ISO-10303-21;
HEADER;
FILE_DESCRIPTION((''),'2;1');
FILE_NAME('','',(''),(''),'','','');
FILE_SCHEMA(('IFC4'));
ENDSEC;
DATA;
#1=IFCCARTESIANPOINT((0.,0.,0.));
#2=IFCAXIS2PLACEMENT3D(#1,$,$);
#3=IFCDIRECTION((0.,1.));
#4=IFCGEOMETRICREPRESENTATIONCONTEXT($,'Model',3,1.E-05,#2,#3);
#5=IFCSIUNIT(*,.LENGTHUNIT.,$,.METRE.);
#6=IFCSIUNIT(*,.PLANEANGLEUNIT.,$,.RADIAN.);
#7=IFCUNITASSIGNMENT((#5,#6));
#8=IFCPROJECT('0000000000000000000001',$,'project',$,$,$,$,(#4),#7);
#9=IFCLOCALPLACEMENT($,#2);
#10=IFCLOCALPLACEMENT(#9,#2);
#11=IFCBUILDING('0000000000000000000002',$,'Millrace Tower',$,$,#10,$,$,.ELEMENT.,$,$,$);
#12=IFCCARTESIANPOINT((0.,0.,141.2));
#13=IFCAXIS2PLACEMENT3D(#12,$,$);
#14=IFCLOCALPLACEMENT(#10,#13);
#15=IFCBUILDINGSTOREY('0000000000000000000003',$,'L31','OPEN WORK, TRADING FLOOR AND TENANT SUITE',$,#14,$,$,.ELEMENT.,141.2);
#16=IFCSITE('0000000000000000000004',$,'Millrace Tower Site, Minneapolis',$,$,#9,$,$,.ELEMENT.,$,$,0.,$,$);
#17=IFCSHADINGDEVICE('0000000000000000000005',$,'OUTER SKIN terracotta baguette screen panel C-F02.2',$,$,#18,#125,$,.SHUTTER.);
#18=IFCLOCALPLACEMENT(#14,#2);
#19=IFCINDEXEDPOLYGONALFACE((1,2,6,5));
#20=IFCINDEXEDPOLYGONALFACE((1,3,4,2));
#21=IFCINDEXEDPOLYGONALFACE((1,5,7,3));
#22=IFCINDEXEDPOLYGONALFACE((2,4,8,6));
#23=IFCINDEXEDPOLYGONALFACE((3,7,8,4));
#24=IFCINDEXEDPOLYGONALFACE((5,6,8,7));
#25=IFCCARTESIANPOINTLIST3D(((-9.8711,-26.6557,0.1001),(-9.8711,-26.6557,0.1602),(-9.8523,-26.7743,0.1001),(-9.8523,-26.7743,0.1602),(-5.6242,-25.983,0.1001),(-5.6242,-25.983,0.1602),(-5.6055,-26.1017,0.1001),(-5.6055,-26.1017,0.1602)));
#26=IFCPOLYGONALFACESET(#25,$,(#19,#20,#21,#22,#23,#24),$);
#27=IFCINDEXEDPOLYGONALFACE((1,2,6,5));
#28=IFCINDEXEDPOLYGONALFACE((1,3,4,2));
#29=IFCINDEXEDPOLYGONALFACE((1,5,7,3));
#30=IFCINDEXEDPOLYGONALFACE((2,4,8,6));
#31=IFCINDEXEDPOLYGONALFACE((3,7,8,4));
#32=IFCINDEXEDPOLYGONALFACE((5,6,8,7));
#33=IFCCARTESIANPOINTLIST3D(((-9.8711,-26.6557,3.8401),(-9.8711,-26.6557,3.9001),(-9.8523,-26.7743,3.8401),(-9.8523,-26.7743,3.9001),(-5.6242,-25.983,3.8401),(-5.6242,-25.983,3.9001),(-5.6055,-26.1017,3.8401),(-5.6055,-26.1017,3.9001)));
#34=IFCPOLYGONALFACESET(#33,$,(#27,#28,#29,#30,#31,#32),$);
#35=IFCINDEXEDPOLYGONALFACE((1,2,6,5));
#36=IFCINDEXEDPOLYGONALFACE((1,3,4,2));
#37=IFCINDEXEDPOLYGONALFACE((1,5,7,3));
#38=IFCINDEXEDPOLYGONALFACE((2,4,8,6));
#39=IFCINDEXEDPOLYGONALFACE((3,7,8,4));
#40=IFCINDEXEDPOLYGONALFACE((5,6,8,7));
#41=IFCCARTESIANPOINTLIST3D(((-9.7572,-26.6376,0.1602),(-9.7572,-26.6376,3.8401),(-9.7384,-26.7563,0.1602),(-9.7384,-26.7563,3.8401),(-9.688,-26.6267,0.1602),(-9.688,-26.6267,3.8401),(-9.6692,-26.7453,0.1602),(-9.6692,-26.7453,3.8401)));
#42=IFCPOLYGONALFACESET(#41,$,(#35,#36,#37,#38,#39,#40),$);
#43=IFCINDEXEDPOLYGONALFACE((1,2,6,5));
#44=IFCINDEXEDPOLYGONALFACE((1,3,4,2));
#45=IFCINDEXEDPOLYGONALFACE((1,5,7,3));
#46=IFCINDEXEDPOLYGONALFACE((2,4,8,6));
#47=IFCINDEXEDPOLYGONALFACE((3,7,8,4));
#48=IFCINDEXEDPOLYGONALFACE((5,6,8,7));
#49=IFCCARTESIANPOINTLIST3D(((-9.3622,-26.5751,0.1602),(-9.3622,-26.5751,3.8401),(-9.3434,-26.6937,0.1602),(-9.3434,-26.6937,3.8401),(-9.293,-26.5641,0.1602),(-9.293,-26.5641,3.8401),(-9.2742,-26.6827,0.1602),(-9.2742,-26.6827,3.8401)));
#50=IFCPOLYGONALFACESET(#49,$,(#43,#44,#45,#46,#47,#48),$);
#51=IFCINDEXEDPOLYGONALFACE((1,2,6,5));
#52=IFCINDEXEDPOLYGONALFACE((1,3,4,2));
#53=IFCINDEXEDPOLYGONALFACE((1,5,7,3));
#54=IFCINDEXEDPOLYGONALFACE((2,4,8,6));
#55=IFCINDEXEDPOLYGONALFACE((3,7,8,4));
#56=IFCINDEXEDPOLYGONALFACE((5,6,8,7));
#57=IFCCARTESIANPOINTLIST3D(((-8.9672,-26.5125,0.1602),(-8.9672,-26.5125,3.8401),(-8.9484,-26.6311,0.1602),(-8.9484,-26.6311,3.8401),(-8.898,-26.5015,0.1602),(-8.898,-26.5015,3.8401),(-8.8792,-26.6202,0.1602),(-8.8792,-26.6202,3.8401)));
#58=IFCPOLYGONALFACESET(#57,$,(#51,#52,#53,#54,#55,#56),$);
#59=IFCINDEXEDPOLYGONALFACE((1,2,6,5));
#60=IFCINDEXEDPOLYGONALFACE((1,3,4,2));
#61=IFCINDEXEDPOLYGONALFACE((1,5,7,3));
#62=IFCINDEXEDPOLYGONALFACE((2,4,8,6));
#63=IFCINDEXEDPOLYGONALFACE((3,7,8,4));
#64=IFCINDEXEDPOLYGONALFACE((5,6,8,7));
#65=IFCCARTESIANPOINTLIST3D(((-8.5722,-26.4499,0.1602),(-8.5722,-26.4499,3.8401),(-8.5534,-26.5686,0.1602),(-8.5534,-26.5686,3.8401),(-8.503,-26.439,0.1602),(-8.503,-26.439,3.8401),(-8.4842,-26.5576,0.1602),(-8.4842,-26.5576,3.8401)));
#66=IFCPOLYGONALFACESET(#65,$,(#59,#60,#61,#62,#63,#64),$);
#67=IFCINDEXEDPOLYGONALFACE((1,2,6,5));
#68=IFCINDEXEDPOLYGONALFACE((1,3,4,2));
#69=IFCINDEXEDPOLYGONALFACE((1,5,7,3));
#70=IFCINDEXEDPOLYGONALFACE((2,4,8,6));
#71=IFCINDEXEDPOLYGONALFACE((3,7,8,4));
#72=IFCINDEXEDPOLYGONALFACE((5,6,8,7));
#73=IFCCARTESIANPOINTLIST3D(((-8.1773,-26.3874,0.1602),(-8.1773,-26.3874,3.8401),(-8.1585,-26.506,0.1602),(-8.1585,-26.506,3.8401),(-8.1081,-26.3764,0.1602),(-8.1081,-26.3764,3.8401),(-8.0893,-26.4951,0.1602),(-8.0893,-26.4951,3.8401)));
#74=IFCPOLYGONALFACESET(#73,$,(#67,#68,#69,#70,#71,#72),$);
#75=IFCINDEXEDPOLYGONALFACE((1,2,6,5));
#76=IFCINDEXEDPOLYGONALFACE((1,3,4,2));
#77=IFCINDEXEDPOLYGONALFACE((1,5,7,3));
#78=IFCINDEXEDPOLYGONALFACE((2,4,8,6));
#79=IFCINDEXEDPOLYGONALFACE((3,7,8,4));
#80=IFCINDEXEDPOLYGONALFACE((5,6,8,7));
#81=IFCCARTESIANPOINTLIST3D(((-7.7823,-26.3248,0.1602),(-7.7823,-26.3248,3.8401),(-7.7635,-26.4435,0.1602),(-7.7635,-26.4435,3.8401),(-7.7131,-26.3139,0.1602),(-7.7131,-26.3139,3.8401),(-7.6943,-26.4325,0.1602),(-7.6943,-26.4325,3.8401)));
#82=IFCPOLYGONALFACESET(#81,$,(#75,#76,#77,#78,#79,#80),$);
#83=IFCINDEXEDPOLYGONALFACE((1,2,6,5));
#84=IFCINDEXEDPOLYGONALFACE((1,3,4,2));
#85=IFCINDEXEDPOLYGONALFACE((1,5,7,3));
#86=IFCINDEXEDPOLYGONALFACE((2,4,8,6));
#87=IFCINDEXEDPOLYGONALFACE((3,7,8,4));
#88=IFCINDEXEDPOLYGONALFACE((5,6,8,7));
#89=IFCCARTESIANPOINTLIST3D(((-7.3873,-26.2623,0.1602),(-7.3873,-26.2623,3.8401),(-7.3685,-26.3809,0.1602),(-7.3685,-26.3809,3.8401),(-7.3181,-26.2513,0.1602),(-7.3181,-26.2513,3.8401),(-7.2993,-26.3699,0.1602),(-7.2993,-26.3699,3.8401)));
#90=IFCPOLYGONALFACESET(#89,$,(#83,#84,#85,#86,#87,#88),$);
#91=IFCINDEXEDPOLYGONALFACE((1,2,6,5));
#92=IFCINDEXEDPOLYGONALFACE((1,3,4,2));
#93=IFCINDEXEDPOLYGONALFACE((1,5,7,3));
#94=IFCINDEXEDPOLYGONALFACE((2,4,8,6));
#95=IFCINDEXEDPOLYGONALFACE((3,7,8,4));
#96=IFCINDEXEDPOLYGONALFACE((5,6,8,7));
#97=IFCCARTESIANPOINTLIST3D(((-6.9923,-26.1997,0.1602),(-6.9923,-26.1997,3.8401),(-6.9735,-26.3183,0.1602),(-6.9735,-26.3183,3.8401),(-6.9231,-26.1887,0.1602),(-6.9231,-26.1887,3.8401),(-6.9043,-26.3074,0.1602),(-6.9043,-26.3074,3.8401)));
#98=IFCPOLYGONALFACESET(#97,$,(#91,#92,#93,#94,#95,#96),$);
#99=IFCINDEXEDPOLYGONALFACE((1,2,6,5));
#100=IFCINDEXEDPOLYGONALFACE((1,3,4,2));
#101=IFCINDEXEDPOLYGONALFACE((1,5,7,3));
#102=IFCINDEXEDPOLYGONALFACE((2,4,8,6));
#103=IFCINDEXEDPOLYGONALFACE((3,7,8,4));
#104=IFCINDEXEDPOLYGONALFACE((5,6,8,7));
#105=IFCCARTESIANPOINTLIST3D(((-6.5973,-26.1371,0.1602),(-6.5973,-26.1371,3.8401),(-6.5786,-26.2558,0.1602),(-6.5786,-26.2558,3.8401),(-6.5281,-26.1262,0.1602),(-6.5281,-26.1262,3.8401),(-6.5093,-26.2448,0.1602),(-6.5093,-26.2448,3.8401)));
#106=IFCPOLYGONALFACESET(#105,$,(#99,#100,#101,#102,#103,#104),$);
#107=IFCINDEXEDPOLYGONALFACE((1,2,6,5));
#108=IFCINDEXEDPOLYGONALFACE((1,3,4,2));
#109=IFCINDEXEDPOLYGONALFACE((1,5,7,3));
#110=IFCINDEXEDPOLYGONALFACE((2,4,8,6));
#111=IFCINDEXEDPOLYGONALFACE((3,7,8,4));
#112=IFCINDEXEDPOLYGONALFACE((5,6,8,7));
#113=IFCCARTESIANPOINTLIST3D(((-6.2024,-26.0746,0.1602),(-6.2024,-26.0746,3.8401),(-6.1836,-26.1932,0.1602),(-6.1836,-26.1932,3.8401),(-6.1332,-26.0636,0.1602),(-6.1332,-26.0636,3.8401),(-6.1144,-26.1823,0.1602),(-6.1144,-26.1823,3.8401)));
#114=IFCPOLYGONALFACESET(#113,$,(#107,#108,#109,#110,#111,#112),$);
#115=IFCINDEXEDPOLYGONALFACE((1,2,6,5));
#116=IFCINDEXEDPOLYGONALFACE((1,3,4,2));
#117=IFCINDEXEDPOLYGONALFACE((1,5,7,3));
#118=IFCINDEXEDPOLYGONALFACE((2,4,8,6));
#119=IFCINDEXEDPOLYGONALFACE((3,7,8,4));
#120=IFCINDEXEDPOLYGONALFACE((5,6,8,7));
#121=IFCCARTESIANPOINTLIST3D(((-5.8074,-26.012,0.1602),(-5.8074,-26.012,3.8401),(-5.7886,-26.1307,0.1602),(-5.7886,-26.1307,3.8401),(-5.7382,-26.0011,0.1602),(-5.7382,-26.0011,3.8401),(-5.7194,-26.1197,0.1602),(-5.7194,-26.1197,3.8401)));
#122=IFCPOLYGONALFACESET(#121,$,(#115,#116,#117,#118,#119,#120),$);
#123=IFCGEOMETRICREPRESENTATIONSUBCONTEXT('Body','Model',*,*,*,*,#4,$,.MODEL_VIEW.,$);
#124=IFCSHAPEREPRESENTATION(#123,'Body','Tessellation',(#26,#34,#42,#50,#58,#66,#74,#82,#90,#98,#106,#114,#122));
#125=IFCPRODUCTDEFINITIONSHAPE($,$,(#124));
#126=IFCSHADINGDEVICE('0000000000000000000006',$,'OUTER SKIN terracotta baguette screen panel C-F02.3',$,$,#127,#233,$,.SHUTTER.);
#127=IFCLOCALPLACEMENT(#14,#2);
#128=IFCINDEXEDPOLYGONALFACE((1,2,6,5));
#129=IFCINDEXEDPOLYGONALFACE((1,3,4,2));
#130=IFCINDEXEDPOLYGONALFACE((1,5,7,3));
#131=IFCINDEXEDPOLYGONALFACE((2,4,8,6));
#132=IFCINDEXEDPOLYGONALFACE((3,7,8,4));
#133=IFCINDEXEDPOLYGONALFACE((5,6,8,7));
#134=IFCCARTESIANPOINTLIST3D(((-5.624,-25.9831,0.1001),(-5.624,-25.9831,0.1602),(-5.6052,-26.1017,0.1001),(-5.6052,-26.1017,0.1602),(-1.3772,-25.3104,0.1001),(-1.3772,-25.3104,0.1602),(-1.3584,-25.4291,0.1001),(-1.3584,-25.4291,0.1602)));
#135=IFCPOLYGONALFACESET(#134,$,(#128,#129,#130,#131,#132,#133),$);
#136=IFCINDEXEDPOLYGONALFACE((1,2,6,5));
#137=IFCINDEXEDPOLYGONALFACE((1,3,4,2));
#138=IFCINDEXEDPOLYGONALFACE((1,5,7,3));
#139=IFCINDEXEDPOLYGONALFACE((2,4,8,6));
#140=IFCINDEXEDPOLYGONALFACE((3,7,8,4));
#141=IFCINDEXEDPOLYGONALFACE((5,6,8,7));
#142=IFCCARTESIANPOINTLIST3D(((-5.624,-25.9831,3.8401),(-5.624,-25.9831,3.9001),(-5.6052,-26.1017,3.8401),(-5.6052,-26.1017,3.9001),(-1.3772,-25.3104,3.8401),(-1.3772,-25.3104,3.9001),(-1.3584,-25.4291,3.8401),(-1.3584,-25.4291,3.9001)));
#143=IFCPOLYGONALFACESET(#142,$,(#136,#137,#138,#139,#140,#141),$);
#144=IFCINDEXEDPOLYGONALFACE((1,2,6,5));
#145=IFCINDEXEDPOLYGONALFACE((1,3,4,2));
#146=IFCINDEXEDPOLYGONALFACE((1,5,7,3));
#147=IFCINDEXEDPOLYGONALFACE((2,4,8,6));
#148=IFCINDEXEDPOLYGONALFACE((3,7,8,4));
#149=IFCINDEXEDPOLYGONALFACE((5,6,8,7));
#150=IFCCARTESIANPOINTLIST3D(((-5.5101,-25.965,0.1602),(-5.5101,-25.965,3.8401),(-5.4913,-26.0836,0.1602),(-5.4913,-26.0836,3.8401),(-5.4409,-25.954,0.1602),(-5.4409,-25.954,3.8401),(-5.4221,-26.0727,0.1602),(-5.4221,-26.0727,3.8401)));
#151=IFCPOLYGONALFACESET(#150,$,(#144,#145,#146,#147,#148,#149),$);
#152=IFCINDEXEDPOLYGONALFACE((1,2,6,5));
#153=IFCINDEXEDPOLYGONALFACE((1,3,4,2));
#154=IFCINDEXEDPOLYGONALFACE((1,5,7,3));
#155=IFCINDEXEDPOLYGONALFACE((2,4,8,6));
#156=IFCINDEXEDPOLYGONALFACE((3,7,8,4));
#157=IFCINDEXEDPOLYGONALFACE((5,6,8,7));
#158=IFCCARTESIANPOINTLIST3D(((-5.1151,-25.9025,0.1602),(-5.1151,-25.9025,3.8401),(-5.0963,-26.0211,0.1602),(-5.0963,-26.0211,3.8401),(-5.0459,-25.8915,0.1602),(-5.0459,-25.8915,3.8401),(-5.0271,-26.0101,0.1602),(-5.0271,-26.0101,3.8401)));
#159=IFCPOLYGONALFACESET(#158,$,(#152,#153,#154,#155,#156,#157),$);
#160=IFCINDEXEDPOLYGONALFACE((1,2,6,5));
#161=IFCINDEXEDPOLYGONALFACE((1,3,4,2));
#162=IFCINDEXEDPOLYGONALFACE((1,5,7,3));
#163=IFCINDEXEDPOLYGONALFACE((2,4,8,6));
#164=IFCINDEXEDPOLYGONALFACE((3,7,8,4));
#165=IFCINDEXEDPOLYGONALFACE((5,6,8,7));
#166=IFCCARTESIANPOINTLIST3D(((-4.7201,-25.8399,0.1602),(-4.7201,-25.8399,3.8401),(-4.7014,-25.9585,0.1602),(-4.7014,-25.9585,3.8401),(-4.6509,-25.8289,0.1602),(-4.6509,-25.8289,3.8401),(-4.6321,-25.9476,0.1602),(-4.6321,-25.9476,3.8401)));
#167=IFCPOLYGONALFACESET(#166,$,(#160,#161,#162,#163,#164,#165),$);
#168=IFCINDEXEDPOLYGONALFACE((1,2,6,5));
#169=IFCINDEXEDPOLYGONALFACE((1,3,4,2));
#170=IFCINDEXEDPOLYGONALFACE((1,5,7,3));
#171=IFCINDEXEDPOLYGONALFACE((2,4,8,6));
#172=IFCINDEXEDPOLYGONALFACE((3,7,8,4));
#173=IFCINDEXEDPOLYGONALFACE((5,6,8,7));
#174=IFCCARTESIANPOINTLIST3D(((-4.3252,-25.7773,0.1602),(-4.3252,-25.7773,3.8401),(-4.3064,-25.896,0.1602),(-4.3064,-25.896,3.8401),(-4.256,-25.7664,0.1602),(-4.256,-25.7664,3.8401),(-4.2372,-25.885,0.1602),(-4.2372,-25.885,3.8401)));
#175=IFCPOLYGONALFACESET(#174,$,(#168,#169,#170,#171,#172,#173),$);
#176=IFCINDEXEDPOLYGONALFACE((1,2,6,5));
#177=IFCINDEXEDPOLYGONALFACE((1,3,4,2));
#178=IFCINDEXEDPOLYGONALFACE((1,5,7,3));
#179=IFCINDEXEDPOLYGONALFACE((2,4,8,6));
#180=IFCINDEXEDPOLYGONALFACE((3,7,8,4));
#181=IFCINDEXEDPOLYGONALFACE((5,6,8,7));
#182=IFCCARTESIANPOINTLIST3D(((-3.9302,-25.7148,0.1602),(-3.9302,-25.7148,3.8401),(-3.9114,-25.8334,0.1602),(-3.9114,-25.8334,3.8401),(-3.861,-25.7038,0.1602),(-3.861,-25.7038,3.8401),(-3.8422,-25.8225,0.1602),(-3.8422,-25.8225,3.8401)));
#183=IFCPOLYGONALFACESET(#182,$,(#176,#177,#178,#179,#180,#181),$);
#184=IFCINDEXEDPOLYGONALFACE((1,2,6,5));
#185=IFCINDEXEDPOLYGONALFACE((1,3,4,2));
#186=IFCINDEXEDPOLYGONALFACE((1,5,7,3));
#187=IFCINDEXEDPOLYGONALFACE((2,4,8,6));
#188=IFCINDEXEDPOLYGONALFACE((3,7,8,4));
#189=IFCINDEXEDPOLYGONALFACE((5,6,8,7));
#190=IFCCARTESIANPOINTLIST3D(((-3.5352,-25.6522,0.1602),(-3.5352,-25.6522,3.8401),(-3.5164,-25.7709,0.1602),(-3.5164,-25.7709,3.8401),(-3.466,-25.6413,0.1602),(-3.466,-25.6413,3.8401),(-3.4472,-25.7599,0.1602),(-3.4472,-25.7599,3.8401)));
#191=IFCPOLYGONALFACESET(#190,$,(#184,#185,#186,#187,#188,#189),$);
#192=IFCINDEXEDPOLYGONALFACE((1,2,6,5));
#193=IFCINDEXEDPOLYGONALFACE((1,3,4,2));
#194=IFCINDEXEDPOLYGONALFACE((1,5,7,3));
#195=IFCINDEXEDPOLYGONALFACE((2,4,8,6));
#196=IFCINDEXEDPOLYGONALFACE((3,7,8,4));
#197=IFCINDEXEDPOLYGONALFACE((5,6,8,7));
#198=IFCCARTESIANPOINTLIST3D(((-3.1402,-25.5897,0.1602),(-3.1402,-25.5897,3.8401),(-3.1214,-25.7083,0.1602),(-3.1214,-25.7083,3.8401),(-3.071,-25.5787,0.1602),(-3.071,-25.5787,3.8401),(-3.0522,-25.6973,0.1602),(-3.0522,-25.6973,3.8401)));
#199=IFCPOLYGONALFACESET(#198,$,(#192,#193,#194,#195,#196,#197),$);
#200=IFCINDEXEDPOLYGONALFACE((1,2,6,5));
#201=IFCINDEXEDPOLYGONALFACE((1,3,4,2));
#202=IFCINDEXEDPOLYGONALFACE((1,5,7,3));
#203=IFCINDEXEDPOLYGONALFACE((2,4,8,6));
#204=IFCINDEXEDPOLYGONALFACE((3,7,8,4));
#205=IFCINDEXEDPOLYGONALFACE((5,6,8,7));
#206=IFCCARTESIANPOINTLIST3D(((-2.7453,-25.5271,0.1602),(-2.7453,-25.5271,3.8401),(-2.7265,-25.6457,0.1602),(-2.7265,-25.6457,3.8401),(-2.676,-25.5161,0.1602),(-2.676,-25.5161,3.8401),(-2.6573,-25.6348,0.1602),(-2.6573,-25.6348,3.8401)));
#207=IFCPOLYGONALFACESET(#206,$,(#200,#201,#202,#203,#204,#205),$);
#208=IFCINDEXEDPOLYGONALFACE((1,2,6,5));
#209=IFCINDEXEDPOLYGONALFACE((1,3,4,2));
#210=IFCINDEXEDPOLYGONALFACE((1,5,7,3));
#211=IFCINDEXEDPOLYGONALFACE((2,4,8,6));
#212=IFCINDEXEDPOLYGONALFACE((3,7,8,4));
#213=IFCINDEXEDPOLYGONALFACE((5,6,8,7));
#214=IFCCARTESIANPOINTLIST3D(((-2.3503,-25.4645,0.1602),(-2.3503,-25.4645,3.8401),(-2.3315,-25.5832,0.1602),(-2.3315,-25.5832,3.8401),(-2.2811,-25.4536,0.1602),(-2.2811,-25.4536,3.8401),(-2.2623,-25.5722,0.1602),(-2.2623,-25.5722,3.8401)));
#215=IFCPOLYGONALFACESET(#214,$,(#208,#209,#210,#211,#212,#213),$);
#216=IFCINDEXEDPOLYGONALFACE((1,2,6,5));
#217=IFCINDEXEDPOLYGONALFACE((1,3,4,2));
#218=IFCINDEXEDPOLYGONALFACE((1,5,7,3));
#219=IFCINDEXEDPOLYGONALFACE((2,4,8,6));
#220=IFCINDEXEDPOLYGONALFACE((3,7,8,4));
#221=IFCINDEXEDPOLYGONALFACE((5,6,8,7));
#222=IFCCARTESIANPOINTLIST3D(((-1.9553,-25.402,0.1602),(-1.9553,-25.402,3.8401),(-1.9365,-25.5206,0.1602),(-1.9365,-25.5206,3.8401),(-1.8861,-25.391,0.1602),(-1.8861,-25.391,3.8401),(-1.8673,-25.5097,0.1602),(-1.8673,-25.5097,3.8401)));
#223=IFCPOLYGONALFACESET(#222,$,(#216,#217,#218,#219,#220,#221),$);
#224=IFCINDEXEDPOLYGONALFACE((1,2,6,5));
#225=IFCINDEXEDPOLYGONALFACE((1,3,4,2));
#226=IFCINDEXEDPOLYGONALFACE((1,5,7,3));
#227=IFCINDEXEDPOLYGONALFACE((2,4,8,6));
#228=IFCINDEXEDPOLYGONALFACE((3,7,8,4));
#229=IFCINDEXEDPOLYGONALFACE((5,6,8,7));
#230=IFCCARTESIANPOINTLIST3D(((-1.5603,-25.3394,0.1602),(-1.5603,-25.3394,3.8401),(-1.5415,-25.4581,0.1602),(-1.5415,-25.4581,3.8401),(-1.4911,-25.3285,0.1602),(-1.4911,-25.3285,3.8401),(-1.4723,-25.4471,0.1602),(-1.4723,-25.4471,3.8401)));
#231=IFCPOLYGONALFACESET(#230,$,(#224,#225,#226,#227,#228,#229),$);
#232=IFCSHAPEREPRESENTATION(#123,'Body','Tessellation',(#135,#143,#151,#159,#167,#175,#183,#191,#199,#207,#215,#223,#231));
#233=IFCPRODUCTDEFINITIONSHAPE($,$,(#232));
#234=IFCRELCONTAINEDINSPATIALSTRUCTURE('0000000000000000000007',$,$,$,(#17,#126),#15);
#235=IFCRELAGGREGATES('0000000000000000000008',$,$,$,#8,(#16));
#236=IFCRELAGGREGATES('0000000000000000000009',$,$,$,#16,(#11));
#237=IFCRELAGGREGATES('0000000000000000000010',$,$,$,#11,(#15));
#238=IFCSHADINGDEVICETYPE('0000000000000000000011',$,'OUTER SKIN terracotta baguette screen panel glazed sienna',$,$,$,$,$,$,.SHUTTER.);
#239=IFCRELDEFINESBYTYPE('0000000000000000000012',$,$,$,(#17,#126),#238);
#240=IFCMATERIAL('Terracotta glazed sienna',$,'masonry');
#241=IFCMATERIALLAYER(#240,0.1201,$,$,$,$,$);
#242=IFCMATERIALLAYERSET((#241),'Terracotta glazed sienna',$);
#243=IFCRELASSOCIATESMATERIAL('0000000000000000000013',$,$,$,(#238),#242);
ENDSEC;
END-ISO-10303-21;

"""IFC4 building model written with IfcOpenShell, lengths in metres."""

from ifc_helpers import new_model, entity, si_unit, direction, frame, frame_2d, origin, origin_2d, place, context, subcontext, project, spatial, rectangle, extrude, source, transform, mapped, material, layer, layer_set, type_object, element, save


model = new_model("IFC4")

# Units and contexts
model_context = context("Model", 3, precision=1e-05, world=origin(), true_north=direction((0.0, 1.0)))
body_context = subcontext(model_context, "Body", "Model", "MODEL_VIEW")
ifc_project = project(units=[si_unit("LENGTHUNIT", "METRE"), si_unit("PLANEANGLEUNIT", "RADIAN")], contexts=[model_context])

# Site, building, storey
site_placement = place(None, origin())
site = spatial("IfcSite", under=ifc_project, at=site_placement, Name="Millrace Tower Site, Minneapolis", CompositionType="ELEMENT", RefElevation=0.0)
building_placement = place(site_placement, origin())
building = spatial("IfcBuilding", under=site, at=building_placement, Name="Millrace Tower", CompositionType="ELEMENT")
storey_placement = place(building_placement, frame((0.0, 0.0, 141.2)))
storey = spatial("IfcBuildingStorey", under=building, at=storey_placement, Name="L31", Description="OPEN WORK, TRADING FLOOR AND TENANT SUITE", CompositionType="ELEMENT", Elevation=141.2)

# Shading devices
ifc_material_1 = material(Name="Terracotta glazed sienna", Category="masonry")
ifc_layer_1 = layer(ifc_material_1, 0.1201)
ifc_layer_set_1 = layer_set([ifc_layer_1], Name="Terracotta glazed sienna")
shading_device_type = type_object("IfcShadingDeviceType", Name="OUTER SKIN terracotta baguette screen panel glazed sienna", PredefinedType="SHUTTER", material=ifc_layer_set_1)
cartesian_point_1 = entity("IfcCartesianPoint", [-2.1499, 0.0601])
shared_polyline_1 = entity("IfcPolyline", [cartesian_point_1, entity("IfcCartesianPoint", [2.1499, 0.0601]), entity("IfcCartesianPoint", [2.1499, -0.0601]), entity("IfcCartesianPoint", [-2.1499, -0.0601]), cartesian_point_1])
shared_shape_1 = source(origin(), body_context, "Body", "SweptSolid", [
    entity("IfcExtrudedAreaSolid", entity("IfcArbitraryClosedProfileDef", "AREA", None, shared_polyline_1), entity("IfcAxis2Placement3D", entity("IfcCartesianPoint", [0.0, 0.0, 0.0])), entity("IfcDirection", [0.0, 0.0, 1.0]), 0.0601),
    entity("IfcExtrudedAreaSolid", entity("IfcArbitraryClosedProfileDef", "AREA", None, shared_polyline_1), entity("IfcAxis2Placement3D", entity("IfcCartesianPoint", [0.0, 0.0, 3.74])), entity("IfcDirection", [0.0, 0.0, 1.0]), 0.0601),
    extrude(rectangle(XDim=0.0701, YDim=0.1201, at=frame_2d((-1.9995, 0.0))), frame((0.0, 0.0, 0.0601)), (0.0, 0.0, 1.0), 3.6799),
    extrude(rectangle(XDim=0.0701, YDim=0.1201, at=frame_2d((-1.5996, 0.0))), frame((0.0, 0.0, 0.0601)), (0.0, 0.0, 1.0), 3.6799),
    extrude(rectangle(XDim=0.0701, YDim=0.1201, at=frame_2d((-1.1997, 0.0))), frame((0.0, 0.0, 0.0601)), (0.0, 0.0, 1.0), 3.6799),
    extrude(rectangle(XDim=0.0701, YDim=0.1201, at=frame_2d((-0.7998, 0.0))), frame((0.0, 0.0, 0.0601)), (0.0, 0.0, 1.0), 3.6799),
    extrude(rectangle(XDim=0.0701, YDim=0.1201, at=frame_2d((-0.3999, 0.0))), frame((0.0, 0.0, 0.0601)), (0.0, 0.0, 1.0), 3.6799),
    extrude(rectangle(XDim=0.0701, YDim=0.1201, at=origin_2d()), frame((0.0, 0.0, 0.0601)), (0.0, 0.0, 1.0), 3.6799),
    extrude(rectangle(XDim=0.0701, YDim=0.1201, at=frame_2d((0.3999, 0.0))), frame((0.0, 0.0, 0.0601)), (0.0, 0.0, 1.0), 3.6799),
    extrude(rectangle(XDim=0.0701, YDim=0.1201, at=frame_2d((0.7998, 0.0))), frame((0.0, 0.0, 0.0601)), (0.0, 0.0, 1.0), 3.6799),
    extrude(rectangle(XDim=0.0701, YDim=0.1201, at=frame_2d((1.1997, 0.0))), frame((0.0, 0.0, 0.0601)), (0.0, 0.0, 1.0), 3.6799),
    extrude(rectangle(XDim=0.0701, YDim=0.1201, at=frame_2d((1.5996, 0.0))), frame((0.0, 0.0, 0.0601)), (0.0, 0.0, 1.0), 3.6799),
    extrude(rectangle(XDim=0.0701, YDim=0.1201, at=frame_2d((1.9995, 0.0))), frame((0.0, 0.0, 0.0601)), (0.0, 0.0, 1.0), 3.6799),
])
for number, where, z_axis, x_axis, name in (
    (1, (-7.7383, -26.3787, 0.1001), (0.0, 0.0, 1.0), (0.987688, 0.156434, 0.0), "OUTER SKIN terracotta baguette screen panel C-F02.2"),
    (2, (-3.4912, -25.7061, 0.1001), (0.0, 0.0, 1.0), (0.987688, 0.156434, 0.0), "OUTER SKIN terracotta baguette screen panel C-F02.3"),
):
    element("IfcShadingDevice", number, at=place(storey_placement, frame(where, z_axis=z_axis, x_axis=x_axis)), inside=storey, type_object=shading_device_type, Name=name, PredefinedType="SHUTTER", context=body_context, shape_type="MappedRepresentation", body=[
        mapped(shared_shape_1, transform((0.0, 0.0, 0.0), scale=1.0)),
    ])

save(model, "model.ifc")
